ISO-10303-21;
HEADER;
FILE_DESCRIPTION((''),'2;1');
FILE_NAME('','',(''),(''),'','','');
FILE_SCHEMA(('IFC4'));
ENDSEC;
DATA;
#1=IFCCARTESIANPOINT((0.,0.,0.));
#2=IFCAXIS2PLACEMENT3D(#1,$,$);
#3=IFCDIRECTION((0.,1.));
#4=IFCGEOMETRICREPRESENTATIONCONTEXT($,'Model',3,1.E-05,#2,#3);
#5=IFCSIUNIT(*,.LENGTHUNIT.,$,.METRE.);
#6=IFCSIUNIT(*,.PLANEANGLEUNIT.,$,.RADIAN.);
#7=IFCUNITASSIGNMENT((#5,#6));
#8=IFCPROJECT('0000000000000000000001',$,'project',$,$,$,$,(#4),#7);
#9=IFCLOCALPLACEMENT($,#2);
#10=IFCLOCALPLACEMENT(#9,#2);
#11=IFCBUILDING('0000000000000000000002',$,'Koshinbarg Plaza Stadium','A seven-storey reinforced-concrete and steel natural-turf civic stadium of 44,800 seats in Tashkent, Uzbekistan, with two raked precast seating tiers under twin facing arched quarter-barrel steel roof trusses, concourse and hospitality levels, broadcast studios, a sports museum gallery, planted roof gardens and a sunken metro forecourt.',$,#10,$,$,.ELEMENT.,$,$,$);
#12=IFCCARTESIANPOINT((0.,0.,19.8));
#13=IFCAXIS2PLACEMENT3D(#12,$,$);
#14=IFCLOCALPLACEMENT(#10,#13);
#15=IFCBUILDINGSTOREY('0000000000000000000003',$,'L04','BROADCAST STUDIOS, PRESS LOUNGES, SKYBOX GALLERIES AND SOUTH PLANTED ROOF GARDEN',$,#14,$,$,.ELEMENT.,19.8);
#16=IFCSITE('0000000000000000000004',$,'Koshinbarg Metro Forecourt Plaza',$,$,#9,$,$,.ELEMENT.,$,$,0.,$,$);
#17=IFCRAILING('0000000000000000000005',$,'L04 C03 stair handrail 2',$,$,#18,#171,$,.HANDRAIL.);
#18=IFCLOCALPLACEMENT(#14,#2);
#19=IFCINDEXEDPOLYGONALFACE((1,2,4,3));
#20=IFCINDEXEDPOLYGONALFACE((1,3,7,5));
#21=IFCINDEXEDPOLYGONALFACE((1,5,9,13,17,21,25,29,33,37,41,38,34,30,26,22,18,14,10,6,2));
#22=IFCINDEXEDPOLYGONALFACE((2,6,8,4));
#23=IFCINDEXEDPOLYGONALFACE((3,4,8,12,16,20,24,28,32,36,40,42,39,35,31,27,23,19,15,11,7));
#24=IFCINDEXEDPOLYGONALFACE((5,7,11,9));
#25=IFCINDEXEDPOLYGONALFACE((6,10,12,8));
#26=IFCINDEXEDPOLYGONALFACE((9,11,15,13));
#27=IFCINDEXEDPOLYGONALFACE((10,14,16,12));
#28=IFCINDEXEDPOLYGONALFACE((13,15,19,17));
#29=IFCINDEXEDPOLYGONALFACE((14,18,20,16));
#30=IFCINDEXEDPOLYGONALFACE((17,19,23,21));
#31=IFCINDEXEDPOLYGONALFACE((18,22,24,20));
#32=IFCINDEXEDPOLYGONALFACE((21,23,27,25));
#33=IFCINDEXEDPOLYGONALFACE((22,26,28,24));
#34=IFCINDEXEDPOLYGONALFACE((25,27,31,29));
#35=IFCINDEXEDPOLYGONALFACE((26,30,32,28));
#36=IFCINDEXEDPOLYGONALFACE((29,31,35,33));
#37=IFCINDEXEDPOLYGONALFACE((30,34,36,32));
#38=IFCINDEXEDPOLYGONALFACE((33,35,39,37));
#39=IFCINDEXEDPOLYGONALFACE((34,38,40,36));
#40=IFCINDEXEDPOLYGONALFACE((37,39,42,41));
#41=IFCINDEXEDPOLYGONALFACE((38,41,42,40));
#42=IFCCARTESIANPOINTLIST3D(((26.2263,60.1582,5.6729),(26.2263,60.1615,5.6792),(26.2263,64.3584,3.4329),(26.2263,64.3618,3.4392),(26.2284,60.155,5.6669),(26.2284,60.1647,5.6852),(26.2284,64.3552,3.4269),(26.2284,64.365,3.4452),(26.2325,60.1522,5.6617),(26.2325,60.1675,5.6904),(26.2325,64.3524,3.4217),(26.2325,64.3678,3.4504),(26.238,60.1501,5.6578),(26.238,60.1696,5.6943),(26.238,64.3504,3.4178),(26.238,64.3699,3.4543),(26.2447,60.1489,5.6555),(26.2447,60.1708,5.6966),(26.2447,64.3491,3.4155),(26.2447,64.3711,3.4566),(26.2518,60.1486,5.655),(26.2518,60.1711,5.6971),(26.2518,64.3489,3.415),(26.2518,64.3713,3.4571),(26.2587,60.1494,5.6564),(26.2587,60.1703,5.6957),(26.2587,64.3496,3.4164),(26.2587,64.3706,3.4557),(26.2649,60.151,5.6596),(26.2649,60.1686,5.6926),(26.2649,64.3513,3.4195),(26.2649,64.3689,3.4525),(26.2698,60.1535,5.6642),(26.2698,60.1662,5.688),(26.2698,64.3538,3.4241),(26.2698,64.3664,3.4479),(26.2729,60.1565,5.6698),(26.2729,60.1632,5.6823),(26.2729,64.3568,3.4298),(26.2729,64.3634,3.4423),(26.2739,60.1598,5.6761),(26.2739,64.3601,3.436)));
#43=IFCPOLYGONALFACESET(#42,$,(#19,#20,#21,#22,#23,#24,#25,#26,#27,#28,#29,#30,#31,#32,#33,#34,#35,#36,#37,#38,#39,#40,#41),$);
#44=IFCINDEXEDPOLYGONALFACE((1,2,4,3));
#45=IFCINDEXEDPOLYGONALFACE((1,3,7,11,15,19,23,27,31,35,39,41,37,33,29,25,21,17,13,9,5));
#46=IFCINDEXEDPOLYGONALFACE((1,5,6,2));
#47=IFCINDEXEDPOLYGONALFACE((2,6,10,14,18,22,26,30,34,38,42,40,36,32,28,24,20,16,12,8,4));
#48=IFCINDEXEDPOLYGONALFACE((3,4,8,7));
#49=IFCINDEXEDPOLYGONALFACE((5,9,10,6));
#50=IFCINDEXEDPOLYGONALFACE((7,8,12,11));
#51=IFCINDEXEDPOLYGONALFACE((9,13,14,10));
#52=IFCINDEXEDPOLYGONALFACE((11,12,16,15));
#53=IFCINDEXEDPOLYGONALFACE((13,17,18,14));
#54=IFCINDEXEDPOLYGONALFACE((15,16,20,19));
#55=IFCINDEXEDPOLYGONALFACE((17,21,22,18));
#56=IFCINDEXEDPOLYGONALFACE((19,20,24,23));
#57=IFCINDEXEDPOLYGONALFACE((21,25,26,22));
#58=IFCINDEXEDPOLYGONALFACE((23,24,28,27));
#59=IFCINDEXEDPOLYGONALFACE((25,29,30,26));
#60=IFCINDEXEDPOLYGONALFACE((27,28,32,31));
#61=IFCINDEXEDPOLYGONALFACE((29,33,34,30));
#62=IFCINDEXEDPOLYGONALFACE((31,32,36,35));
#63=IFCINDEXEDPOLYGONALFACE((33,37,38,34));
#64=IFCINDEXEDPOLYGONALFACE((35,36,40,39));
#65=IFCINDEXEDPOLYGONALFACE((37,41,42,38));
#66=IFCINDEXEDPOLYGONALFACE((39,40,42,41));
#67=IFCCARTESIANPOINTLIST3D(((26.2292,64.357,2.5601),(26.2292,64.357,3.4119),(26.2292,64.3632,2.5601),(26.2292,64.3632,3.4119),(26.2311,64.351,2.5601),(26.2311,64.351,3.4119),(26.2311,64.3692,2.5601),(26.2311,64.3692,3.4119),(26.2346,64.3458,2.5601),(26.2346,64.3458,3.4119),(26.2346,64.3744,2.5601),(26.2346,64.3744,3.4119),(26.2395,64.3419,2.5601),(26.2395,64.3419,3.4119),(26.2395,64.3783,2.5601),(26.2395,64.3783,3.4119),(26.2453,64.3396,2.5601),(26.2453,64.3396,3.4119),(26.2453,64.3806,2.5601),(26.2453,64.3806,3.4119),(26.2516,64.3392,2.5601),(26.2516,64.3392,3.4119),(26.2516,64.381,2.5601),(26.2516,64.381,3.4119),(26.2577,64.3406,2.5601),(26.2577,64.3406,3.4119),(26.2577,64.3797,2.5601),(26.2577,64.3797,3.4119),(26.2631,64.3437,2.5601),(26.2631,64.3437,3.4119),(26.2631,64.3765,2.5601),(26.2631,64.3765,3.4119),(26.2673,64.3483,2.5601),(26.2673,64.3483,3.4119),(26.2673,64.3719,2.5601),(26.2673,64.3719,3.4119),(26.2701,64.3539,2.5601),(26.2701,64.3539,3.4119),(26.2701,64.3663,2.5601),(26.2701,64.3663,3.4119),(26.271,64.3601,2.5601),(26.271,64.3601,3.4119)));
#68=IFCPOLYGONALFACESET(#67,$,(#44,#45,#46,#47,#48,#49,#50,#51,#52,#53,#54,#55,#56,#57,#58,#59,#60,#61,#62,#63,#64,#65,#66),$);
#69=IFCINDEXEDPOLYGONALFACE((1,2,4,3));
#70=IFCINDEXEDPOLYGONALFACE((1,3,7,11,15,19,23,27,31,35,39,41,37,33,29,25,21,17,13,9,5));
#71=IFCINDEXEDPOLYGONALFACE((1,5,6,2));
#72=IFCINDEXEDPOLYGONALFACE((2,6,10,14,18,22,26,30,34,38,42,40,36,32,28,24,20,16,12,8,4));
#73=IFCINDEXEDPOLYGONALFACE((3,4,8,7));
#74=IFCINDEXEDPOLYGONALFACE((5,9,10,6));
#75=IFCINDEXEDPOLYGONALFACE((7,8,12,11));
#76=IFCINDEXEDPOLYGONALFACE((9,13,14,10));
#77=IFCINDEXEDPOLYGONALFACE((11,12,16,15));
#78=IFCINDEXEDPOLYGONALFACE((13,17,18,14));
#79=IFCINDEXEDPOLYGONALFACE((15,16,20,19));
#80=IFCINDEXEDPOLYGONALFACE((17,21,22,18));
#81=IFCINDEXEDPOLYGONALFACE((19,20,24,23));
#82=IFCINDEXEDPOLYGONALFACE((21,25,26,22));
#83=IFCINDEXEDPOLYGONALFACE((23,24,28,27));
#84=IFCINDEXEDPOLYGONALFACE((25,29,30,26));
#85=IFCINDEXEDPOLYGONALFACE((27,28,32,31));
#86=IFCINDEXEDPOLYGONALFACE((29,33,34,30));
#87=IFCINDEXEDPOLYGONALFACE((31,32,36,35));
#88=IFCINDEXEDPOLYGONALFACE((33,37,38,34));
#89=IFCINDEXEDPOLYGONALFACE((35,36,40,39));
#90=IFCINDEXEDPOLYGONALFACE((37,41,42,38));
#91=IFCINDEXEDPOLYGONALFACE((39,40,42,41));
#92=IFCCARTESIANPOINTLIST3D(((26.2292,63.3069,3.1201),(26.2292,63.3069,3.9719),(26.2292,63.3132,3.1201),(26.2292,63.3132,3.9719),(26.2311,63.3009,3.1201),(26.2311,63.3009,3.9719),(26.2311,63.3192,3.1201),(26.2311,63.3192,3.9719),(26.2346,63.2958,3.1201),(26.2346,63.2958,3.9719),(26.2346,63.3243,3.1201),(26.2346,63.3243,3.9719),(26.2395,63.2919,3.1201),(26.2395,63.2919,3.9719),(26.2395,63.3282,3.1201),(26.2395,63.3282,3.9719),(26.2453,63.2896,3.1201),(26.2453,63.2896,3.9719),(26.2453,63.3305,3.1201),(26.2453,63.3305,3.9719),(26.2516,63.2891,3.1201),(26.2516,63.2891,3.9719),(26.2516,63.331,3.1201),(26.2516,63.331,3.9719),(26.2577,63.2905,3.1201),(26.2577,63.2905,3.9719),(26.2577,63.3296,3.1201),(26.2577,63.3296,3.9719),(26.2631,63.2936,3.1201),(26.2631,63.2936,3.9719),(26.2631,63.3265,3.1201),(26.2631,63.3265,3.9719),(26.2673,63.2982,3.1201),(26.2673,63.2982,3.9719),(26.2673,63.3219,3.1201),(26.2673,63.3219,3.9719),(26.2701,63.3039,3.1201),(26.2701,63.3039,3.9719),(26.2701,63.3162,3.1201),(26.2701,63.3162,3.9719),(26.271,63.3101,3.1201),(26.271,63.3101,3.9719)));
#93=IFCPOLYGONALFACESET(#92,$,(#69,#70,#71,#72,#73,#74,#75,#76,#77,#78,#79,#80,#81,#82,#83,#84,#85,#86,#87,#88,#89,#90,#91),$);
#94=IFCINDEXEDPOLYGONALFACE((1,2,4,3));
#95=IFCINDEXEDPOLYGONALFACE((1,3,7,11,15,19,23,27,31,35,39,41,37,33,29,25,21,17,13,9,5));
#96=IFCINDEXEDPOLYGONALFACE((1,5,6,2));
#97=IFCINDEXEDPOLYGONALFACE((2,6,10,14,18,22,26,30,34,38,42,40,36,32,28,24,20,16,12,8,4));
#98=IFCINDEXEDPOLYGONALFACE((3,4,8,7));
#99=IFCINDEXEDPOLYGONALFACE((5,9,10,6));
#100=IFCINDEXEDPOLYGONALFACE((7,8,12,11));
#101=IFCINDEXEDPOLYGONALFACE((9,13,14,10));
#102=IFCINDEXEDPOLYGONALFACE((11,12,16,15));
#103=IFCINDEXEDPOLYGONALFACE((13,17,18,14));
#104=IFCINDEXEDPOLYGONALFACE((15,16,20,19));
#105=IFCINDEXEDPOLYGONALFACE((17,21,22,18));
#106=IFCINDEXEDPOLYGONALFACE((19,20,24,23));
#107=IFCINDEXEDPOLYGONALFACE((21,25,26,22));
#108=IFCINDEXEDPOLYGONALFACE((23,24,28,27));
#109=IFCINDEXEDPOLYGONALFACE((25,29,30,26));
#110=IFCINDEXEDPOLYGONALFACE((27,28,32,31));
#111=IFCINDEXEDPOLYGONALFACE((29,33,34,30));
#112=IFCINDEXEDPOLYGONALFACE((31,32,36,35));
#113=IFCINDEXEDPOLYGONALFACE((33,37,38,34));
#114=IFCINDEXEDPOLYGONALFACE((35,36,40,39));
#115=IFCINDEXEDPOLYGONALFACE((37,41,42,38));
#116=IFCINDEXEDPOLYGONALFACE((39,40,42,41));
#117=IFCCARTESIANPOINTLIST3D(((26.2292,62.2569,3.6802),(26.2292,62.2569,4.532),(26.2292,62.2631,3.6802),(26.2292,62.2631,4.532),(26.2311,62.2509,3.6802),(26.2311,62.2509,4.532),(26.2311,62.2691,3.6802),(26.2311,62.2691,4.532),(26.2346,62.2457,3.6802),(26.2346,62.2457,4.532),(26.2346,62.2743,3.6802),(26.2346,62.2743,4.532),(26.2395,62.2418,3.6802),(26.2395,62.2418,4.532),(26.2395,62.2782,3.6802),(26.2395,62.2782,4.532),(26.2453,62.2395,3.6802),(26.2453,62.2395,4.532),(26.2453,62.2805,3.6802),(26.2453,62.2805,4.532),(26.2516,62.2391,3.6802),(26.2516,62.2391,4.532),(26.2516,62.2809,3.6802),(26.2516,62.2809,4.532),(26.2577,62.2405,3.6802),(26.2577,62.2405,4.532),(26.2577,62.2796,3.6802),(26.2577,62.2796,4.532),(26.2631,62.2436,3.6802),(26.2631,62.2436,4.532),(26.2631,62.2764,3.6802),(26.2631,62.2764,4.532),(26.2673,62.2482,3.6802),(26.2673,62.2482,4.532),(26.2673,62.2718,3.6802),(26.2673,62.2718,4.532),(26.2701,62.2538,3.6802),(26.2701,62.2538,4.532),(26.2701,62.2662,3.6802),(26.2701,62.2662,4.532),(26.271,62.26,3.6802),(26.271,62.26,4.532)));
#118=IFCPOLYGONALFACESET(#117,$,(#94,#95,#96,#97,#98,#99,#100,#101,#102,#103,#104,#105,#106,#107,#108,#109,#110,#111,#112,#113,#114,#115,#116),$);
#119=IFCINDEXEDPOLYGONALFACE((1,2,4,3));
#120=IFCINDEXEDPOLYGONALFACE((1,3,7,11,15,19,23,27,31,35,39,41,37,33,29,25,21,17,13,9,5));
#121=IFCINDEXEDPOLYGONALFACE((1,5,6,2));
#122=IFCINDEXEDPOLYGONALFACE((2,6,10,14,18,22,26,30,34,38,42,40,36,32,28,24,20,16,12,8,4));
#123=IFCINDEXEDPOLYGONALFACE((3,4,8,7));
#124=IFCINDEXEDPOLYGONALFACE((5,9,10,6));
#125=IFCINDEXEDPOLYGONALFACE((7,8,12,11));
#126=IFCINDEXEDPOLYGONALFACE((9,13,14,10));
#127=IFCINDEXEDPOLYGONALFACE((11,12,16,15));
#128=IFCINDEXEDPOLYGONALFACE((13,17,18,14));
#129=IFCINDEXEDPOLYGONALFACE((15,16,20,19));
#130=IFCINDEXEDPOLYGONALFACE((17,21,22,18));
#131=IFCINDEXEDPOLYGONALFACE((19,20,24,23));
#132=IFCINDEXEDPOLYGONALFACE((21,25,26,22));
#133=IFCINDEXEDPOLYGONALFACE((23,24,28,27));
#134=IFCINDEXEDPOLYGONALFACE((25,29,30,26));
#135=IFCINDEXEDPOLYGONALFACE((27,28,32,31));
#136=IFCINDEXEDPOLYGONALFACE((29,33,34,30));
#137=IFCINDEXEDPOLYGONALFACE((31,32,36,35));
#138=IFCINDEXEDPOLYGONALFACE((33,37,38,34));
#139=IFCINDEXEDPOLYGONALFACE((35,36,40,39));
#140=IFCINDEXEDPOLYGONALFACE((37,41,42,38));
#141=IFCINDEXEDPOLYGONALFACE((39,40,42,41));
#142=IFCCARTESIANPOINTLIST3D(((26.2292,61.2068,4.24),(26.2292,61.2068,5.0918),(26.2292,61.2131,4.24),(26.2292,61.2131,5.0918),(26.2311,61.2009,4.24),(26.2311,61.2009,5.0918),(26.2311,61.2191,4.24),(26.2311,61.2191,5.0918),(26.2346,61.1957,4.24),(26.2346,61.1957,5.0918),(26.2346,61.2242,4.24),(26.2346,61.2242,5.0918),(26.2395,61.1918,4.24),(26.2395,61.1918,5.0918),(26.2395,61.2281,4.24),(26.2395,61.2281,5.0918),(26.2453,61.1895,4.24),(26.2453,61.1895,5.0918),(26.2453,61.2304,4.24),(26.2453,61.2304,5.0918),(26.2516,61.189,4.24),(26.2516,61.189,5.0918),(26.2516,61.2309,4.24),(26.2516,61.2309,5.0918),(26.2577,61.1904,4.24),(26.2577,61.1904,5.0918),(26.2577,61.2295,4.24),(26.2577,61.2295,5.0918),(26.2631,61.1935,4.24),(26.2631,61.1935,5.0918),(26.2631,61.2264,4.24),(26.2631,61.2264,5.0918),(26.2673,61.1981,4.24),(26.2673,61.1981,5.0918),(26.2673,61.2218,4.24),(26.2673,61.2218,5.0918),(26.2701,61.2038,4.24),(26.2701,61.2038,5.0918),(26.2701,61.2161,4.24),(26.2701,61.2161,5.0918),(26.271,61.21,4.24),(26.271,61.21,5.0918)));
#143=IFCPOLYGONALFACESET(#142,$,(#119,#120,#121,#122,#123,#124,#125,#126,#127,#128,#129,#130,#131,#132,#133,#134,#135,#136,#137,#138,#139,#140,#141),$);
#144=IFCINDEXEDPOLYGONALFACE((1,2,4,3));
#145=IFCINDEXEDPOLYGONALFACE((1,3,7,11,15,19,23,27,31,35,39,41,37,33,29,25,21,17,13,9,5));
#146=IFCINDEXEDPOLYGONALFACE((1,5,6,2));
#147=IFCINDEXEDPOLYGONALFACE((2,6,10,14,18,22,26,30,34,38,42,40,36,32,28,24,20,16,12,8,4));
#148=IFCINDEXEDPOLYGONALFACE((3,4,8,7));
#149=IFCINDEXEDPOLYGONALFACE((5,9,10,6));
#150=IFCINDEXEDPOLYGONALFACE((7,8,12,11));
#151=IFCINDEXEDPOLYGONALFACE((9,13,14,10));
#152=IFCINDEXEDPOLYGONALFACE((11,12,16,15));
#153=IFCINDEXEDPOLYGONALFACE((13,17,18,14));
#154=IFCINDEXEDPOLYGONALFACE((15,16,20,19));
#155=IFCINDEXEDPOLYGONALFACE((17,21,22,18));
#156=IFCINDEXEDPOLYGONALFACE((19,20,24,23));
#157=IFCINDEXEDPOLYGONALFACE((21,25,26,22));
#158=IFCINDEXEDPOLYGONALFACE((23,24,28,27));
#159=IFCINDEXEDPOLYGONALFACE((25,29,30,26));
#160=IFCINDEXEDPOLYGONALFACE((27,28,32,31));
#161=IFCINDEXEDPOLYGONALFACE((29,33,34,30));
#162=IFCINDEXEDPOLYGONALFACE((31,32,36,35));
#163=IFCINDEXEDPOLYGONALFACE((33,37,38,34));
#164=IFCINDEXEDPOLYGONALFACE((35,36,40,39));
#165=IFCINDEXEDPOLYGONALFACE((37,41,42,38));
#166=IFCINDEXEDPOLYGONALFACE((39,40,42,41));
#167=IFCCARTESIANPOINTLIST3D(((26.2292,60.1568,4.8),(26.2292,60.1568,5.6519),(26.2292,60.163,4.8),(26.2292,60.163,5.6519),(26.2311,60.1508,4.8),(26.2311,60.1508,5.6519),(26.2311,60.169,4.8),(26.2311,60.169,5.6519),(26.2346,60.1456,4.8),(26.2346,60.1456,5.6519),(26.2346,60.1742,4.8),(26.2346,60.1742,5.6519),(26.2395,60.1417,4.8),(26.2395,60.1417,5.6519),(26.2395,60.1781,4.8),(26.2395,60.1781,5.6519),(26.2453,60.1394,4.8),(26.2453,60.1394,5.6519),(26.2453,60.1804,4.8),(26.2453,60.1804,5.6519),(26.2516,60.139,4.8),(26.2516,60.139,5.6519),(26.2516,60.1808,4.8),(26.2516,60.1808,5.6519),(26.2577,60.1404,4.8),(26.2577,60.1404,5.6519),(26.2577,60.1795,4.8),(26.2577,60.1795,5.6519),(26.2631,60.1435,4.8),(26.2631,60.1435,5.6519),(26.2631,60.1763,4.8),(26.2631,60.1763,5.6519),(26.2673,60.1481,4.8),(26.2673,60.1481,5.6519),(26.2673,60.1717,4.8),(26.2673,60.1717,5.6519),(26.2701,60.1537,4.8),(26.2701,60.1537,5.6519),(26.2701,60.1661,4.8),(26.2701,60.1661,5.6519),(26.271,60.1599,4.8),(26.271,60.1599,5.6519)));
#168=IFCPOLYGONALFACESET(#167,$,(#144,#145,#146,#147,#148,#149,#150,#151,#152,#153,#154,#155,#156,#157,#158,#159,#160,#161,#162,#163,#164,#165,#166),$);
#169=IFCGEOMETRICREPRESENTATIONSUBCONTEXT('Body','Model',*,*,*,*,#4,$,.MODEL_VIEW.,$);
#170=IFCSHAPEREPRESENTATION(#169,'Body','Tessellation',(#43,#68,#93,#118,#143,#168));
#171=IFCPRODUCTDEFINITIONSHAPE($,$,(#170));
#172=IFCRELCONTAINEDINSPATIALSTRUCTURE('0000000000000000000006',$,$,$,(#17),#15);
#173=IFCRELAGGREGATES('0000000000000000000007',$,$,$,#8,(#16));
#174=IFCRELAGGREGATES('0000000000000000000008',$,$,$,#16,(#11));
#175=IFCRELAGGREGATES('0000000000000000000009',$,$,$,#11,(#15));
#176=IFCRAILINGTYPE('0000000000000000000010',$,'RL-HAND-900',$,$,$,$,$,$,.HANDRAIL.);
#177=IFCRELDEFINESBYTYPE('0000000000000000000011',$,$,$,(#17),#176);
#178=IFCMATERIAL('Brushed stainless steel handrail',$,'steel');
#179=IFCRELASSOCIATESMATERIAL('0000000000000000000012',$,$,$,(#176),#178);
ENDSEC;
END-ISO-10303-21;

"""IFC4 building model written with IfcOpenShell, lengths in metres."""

from ifc_helpers import new_model, si_unit, direction, frame, origin, origin_2d, place, context, subcontext, project, spatial, circle, extrude, material, type_object, element, save


model = new_model("IFC4")

# Units and contexts
model_context = context("Model", 3, precision=1e-05, world=origin(), true_north=direction((0.0, 1.0)))
body_context = subcontext(model_context, "Body", "Model", "MODEL_VIEW")
ifc_project = project(units=[si_unit("LENGTHUNIT", "METRE"), si_unit("PLANEANGLEUNIT", "RADIAN")], contexts=[model_context])

# Site, building, storey
site_placement = place(None, origin())
site = spatial("IfcSite", under=ifc_project, at=site_placement, Name="Koshinbarg Metro Forecourt Plaza", CompositionType="ELEMENT", RefElevation=0.0)
building_placement = place(site_placement, origin())
building = spatial("IfcBuilding", under=site, at=building_placement, Name="Koshinbarg Plaza Stadium", Description="A seven-storey reinforced-concrete and steel natural-turf civic stadium of 44,800 seats in Tashkent, Uzbekistan, with two raked precast seating tiers under twin facing arched quarter-barrel steel roof trusses, concourse and hospitality levels, broadcast studios, a sports museum gallery, planted roof gardens and a sunken metro forecourt.", CompositionType="ELEMENT")
storey_placement = place(building_placement, frame((0.0, 0.0, 19.8)))
storey = spatial("IfcBuildingStorey", under=building, at=storey_placement, Name="L04", Description="BROADCAST STUDIOS, PRESS LOUNGES, SKYBOX GALLERIES AND SOUTH PLANTED ROOF GARDEN", CompositionType="ELEMENT", Elevation=19.8)

# Railing
ifc_material_1 = material(Name="Brushed stainless steel handrail", Category="steel")
railing_type_1 = type_object("IfcRailingType", Name="RL-HAND-900", PredefinedType="HANDRAIL", material=ifc_material_1)
railing_1_placement = place(storey_placement, frame((26.25, 64.3601, 2.5601)))
element("IfcRailing", 1, at=railing_1_placement, inside=storey, type_object=railing_type_1, Name="L04 C03 stair handrail 2", PredefinedType="HANDRAIL", context=body_context, shape_type="SweptSolid", body=[
    extrude(circle(Radius=0.0239, at=origin_2d()), frame((0.0, 0.0, 0.876), z_axis=(0.0, -0.882363, 0.47057), x_axis=(1.0, 0.0, 0.0)), (0.0, 0.0, 1.0), 4.7603),
    extrude(circle(Radius=0.021, at=origin_2d()), origin(), (0.0, 0.0, 1.0), 0.8518),
    extrude(circle(Radius=0.021, at=origin_2d()), frame((0.0, -1.05, 0.5601)), (0.0, 0.0, 1.0), 0.8518),
    extrude(circle(Radius=0.021, at=origin_2d()), frame((0.0, -2.1001, 1.1201)), (0.0, 0.0, 1.0), 0.8518),
    extrude(circle(Radius=0.021, at=origin_2d()), frame((0.0, -3.1501, 1.6799)), (0.0, 0.0, 1.0), 0.8518),
    extrude(circle(Radius=0.021, at=origin_2d()), frame((0.0, -4.2002, 2.24)), (0.0, 0.0, 1.0), 0.8518),
])

save(model, "model.ifc")
